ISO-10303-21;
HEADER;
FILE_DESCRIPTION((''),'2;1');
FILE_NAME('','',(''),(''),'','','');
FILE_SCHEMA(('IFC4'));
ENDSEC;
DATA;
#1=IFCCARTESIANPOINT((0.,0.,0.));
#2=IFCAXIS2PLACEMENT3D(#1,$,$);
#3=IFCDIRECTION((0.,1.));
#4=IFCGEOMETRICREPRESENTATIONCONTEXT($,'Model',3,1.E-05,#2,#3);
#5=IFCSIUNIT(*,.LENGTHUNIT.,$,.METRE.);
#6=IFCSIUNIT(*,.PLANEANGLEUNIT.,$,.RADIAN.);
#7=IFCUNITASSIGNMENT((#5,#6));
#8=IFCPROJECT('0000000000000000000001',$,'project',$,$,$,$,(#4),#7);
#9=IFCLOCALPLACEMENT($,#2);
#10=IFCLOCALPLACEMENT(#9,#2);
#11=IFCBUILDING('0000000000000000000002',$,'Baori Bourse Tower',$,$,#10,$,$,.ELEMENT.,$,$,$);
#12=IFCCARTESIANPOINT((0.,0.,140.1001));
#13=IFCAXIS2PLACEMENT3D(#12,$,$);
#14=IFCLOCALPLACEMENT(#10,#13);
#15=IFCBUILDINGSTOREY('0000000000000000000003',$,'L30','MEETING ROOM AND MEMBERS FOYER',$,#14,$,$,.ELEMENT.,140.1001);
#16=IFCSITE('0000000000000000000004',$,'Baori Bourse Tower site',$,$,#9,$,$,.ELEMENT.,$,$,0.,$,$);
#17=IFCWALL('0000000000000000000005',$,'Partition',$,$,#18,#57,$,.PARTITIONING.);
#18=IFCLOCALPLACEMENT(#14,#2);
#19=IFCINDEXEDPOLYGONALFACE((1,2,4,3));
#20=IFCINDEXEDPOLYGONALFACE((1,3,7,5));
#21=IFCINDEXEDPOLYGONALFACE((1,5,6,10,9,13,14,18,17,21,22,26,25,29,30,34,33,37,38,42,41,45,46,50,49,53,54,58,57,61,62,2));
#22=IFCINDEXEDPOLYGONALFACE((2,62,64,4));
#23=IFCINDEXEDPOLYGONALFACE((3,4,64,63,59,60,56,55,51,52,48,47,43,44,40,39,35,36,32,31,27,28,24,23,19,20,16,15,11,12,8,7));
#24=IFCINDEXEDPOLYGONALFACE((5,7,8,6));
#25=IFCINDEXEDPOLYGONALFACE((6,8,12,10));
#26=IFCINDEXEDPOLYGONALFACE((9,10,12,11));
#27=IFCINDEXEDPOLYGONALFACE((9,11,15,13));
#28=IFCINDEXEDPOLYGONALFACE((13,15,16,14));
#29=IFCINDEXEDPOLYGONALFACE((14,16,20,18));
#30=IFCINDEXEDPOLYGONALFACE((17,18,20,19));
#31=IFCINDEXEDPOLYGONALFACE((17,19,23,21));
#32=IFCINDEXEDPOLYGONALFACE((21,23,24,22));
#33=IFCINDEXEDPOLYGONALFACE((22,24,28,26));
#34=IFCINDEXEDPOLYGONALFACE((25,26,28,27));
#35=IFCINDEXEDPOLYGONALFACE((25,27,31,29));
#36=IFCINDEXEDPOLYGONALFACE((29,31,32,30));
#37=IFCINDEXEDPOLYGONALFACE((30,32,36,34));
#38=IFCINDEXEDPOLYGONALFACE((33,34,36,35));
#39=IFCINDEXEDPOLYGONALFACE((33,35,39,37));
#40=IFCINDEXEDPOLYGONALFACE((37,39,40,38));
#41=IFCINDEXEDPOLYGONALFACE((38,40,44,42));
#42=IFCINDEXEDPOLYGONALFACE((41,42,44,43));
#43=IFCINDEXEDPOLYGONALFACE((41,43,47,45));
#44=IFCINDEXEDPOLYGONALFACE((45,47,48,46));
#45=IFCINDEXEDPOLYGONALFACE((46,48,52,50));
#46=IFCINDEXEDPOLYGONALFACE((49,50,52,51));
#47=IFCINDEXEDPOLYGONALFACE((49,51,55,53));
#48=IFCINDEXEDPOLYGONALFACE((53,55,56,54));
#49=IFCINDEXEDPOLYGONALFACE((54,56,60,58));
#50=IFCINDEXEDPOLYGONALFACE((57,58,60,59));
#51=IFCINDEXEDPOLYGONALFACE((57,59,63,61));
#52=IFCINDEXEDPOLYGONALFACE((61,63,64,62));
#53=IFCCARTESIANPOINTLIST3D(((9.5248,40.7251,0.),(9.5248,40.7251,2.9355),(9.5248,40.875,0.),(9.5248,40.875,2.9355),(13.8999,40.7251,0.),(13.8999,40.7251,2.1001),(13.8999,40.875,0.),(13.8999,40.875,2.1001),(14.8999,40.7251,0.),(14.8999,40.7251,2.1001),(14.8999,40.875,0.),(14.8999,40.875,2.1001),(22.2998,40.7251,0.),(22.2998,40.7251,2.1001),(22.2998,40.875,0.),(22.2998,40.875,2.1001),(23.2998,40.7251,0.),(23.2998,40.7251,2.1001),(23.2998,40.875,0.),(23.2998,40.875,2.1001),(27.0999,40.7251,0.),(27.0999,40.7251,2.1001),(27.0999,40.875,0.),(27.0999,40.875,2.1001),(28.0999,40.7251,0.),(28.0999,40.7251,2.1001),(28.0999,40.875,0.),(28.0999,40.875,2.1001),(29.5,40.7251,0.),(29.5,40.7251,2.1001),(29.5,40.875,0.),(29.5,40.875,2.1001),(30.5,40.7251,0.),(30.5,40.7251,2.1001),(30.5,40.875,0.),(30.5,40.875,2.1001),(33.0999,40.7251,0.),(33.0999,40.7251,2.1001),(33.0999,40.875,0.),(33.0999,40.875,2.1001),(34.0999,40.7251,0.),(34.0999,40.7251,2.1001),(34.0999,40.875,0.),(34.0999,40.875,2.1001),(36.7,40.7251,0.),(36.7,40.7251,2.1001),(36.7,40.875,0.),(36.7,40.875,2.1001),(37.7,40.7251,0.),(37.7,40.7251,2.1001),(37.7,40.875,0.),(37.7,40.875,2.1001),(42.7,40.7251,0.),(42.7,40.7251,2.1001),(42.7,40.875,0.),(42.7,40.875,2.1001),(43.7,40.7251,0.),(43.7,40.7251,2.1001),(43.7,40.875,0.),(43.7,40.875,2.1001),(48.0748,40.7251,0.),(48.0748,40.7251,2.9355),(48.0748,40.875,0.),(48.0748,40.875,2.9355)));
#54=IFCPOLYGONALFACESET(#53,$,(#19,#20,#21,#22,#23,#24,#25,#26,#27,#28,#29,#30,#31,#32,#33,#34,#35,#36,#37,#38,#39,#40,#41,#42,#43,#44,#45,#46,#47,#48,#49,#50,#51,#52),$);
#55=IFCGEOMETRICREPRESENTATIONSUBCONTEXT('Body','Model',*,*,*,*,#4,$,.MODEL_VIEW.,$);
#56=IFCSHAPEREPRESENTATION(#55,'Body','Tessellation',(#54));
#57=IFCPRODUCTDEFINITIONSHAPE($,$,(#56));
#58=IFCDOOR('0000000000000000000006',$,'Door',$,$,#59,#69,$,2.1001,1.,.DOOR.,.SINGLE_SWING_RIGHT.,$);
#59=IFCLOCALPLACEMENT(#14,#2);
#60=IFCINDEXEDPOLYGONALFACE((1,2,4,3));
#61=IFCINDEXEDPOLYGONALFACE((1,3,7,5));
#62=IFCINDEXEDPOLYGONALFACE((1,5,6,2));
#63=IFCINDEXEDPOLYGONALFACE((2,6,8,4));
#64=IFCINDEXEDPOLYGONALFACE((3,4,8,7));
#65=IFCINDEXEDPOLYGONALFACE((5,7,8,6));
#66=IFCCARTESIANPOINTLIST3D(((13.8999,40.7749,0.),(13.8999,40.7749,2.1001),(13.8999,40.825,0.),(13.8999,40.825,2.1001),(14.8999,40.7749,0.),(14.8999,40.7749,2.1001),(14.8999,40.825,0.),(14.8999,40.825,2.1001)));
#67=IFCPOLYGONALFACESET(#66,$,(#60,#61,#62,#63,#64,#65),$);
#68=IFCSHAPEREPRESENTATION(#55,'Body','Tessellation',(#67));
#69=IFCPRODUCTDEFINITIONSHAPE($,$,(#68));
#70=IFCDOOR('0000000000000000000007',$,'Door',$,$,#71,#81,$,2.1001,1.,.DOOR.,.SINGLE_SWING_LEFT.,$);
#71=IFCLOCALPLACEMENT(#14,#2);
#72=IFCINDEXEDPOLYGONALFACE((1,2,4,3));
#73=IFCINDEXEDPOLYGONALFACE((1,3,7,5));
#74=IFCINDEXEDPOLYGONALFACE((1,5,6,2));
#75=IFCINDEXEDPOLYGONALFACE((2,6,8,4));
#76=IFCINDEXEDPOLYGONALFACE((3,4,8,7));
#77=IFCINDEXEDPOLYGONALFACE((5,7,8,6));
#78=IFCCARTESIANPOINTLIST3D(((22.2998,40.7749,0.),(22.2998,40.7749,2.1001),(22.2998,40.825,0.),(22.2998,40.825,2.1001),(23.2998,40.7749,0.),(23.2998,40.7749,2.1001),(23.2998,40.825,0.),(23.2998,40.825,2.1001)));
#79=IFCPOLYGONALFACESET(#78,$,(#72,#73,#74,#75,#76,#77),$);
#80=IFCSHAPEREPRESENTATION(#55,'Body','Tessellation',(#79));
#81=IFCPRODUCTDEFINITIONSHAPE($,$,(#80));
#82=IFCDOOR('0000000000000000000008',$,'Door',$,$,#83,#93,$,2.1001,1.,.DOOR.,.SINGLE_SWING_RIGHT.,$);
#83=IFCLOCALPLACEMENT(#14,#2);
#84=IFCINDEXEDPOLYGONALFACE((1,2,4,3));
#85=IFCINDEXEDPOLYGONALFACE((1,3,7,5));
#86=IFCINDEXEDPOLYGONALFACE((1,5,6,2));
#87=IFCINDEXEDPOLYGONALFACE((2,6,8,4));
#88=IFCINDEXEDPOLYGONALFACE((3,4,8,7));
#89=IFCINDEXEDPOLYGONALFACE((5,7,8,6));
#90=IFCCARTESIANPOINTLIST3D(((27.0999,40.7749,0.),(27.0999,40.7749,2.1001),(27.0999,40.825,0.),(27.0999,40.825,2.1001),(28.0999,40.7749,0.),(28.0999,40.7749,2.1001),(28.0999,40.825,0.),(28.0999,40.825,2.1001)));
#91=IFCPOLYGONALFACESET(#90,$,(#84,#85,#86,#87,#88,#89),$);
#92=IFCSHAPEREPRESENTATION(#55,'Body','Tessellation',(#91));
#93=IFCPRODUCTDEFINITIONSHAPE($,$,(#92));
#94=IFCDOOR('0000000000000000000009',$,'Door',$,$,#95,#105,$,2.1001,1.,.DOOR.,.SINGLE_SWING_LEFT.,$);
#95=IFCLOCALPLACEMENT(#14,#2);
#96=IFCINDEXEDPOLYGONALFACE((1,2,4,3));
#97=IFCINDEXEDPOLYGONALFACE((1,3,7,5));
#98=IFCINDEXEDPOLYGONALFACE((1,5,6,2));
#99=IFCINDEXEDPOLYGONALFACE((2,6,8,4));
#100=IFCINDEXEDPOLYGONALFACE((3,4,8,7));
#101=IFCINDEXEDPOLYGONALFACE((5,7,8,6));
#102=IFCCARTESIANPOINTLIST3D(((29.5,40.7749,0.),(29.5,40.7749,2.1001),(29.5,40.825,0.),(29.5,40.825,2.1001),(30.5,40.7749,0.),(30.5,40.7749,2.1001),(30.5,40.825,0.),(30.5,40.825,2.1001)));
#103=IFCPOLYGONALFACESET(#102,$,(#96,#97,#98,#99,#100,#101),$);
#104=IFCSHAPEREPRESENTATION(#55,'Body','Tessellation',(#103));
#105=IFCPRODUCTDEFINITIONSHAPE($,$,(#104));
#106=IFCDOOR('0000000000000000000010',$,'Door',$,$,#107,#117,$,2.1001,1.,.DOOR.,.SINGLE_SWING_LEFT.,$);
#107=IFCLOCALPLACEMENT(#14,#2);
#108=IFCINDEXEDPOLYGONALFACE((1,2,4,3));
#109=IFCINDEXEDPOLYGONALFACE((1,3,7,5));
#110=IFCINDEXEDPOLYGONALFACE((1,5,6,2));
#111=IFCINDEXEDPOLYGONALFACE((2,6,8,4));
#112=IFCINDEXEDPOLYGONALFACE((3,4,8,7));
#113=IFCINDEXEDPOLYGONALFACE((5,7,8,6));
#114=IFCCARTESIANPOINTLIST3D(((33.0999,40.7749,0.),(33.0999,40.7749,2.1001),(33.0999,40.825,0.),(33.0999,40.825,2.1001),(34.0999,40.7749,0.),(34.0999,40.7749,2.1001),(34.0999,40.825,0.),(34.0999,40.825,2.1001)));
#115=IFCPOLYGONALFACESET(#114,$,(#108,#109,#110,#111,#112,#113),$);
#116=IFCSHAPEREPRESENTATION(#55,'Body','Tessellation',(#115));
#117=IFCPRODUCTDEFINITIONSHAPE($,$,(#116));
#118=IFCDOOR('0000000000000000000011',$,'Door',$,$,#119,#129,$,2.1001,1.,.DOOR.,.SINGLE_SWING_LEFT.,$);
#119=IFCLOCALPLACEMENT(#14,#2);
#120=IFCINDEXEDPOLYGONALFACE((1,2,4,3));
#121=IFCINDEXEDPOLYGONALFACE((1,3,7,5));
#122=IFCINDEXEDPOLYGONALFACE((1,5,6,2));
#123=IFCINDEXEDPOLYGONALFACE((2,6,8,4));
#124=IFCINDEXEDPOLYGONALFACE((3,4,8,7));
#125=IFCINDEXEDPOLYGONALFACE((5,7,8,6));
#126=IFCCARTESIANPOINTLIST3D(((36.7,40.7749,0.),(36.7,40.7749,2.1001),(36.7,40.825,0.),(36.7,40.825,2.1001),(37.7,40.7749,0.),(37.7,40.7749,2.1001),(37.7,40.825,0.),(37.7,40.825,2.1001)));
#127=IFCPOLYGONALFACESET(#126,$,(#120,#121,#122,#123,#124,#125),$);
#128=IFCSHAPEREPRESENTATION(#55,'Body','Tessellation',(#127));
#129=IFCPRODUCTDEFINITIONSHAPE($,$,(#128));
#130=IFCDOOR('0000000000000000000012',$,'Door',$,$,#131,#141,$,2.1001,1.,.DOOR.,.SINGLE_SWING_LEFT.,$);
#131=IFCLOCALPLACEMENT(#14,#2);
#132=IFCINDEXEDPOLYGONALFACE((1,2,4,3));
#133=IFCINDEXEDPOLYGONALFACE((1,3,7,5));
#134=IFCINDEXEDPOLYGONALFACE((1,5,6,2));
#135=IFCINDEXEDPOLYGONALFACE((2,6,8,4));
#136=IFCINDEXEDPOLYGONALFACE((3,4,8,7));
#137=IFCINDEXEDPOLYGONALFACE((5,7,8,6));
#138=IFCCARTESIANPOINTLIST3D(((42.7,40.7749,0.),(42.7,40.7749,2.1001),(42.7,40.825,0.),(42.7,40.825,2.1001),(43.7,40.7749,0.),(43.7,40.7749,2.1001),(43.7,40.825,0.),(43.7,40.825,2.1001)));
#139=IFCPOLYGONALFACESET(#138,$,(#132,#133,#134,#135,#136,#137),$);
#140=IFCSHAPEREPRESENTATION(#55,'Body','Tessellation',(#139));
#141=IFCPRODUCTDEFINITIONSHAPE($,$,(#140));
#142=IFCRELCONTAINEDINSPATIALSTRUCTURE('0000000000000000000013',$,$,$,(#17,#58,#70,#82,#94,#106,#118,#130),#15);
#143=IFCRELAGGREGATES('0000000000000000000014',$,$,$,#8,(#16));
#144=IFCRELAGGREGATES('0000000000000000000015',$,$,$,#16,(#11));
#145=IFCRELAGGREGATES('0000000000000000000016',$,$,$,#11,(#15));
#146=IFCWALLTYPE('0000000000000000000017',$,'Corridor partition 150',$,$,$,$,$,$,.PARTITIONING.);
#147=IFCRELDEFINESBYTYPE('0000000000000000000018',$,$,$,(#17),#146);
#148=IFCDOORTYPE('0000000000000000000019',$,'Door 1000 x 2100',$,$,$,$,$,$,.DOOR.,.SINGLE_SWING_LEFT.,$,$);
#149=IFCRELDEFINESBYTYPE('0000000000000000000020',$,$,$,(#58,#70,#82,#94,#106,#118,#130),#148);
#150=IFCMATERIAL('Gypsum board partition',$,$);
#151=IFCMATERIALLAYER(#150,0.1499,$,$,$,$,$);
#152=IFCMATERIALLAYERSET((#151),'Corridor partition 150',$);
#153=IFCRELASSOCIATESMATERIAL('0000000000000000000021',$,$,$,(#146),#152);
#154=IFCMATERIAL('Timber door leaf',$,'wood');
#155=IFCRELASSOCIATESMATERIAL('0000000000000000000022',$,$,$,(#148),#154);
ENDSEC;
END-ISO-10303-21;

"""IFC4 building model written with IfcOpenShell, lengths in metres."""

from ifc_helpers import new_model, si_unit, direction, frame, frame_2d, origin, place, context, subcontext, project, spatial, rectangle, extrude, material, layer, layer_set, type_object, element, fill, save


model = new_model("IFC4")

# Units and contexts
model_context = context("Model", 3, precision=1e-05, world=origin(), true_north=direction((0.0, 1.0)))
body_context = subcontext(model_context, "Body", "Model", "MODEL_VIEW")
ifc_project = project(units=[si_unit("LENGTHUNIT", "METRE"), si_unit("PLANEANGLEUNIT", "RADIAN")], contexts=[model_context])

# Site, building, storey
site_placement = place(None, origin())
site = spatial("IfcSite", under=ifc_project, at=site_placement, Name="Baori Bourse Tower site", CompositionType="ELEMENT", RefElevation=0.0)
building_placement = place(site_placement, origin())
building = spatial("IfcBuilding", under=site, at=building_placement, Name="Baori Bourse Tower", CompositionType="ELEMENT")
storey_placement = place(building_placement, frame((0.0, 0.0, 140.1001)))
storey = spatial("IfcBuildingStorey", under=building, at=storey_placement, Name="L30", Description="MEETING ROOM AND MEMBERS FOYER", CompositionType="ELEMENT", Elevation=140.1001)

# Wall, openings, doors
ifc_material_1 = material(Name="Gypsum board partition")
ifc_layer_1 = layer(ifc_material_1, 0.1499)
ifc_layer_set_1 = layer_set([ifc_layer_1], Name="Corridor partition 150")
wall_type_1 = type_object("IfcWallType", Name="Corridor partition 150", PredefinedType="PARTITIONING", material=ifc_layer_set_1)
wall_1_placement = place(storey_placement, frame((9.5249, 40.8, 0.0), z_axis=(0.0, 0.0, 1.0), x_axis=(1.0, 0.0, 0.0)))
wall_1 = element("IfcWall", 1, at=wall_1_placement, inside=storey, type_object=wall_type_1, Name="Partition", PredefinedType="PARTITIONING", context=body_context, shape_type="SweptSolid", body=[
    extrude(rectangle(XDim=38.55, YDim=0.1499, at=frame_2d((19.2749, 0.0))), origin(), (0.0, 0.0, 1.0), 2.9355),
])
opening_1_placement = place(wall_1_placement, frame((4.375, 0.0, 0.0)))
opening_1 = element("IfcOpeningElement", 2, at=opening_1_placement, cuts=wall_1, PredefinedType="OPENING", context=body_context, shape_type="SweptSolid", body=[
    extrude(rectangle(XDim=1.0, YDim=2.1001, at=frame_2d((0.5, 1.05))), frame((0.0, 0.085, 0.0), z_axis=(0.0, -1.0, 0.0), x_axis=(1.0, 0.0, 0.0)), (0.0, 0.0, 1.0), 0.1699),
])
opening_2_placement = place(wall_1_placement, frame((12.7749, 0.0, 0.0)))
opening_2 = element("IfcOpeningElement", 3, at=opening_2_placement, cuts=wall_1, PredefinedType="OPENING", context=body_context, shape_type="SweptSolid", body=[
    extrude(rectangle(XDim=1.0, YDim=2.1001, at=frame_2d((0.5, 1.05))), frame((0.0, 0.085, 0.0), z_axis=(0.0, -1.0, 0.0), x_axis=(1.0, 0.0, 0.0)), (0.0, 0.0, 1.0), 0.1699),
])
opening_3_placement = place(wall_1_placement, frame((17.575, 0.0, 0.0)))
opening_3 = element("IfcOpeningElement", 4, at=opening_3_placement, cuts=wall_1, PredefinedType="OPENING", context=body_context, shape_type="SweptSolid", body=[
    extrude(rectangle(XDim=1.0, YDim=2.1001, at=frame_2d((0.5, 1.05))), frame((0.0, 0.085, 0.0), z_axis=(0.0, -1.0, 0.0), x_axis=(1.0, 0.0, 0.0)), (0.0, 0.0, 1.0), 0.1699),
])
opening_4_placement = place(wall_1_placement, frame((19.9751, 0.0, 0.0)))
opening_4 = element("IfcOpeningElement", 5, at=opening_4_placement, cuts=wall_1, PredefinedType="OPENING", context=body_context, shape_type="SweptSolid", body=[
    extrude(rectangle(XDim=1.0, YDim=2.1001, at=frame_2d((0.5, 1.05))), frame((0.0, 0.085, 0.0), z_axis=(0.0, -1.0, 0.0), x_axis=(1.0, 0.0, 0.0)), (0.0, 0.0, 1.0), 0.1699),
])
opening_5_placement = place(wall_1_placement, frame((23.575, 0.0, 0.0)))
opening_5 = element("IfcOpeningElement", 6, at=opening_5_placement, cuts=wall_1, PredefinedType="OPENING", context=body_context, shape_type="SweptSolid", body=[
    extrude(rectangle(XDim=1.0, YDim=2.1001, at=frame_2d((0.5, 1.05))), frame((0.0, 0.085, 0.0), z_axis=(0.0, -1.0, 0.0), x_axis=(1.0, 0.0, 0.0)), (0.0, 0.0, 1.0), 0.1699),
])
opening_6_placement = place(wall_1_placement, frame((27.175, 0.0, 0.0)))
opening_6 = element("IfcOpeningElement", 7, at=opening_6_placement, cuts=wall_1, PredefinedType="OPENING", context=body_context, shape_type="SweptSolid", body=[
    extrude(rectangle(XDim=1.0, YDim=2.1001, at=frame_2d((0.5, 1.05))), frame((0.0, 0.085, 0.0), z_axis=(0.0, -1.0, 0.0), x_axis=(1.0, 0.0, 0.0)), (0.0, 0.0, 1.0), 0.1699),
])
opening_7_placement = place(wall_1_placement, frame((33.175, 0.0, 0.0)))
opening_7 = element("IfcOpeningElement", 8, at=opening_7_placement, cuts=wall_1, PredefinedType="OPENING", context=body_context, shape_type="SweptSolid", body=[
    extrude(rectangle(XDim=1.0, YDim=2.1001, at=frame_2d((0.5, 1.05))), frame((0.0, 0.085, 0.0), z_axis=(0.0, -1.0, 0.0), x_axis=(1.0, 0.0, 0.0)), (0.0, 0.0, 1.0), 0.1699),
])
ifc_material_2 = material(Name="Timber door leaf", Category="wood")
door_type_1 = type_object("IfcDoorType", Name="Door 1000 x 2100", OperationType="SINGLE_SWING_LEFT", PredefinedType="DOOR", material=ifc_material_2)
door_1_placement = place(opening_1_placement, origin())
door_1 = element("IfcDoor", 9, at=door_1_placement, inside=storey, type_object=door_type_1, Name="Door", OperationType="SINGLE_SWING_RIGHT", OverallHeight=2.1001, OverallWidth=1.0, PredefinedType="DOOR", context=body_context, shape_type="SweptSolid", body=[
    extrude(rectangle(XDim=1.0, YDim=2.1001, at=frame_2d((0.5, 1.05))), frame((0.0, 0.0249, 0.0), z_axis=(0.0, -1.0, 0.0), x_axis=(1.0, 0.0, 0.0)), (0.0, 0.0, 1.0), 0.05),
])
fill(opening_1, door_1)
door_2_placement = place(opening_2_placement, origin())
door_2 = element("IfcDoor", 10, at=door_2_placement, inside=storey, type_object=door_type_1, Name="Door", OperationType="SINGLE_SWING_LEFT", OverallHeight=2.1001, OverallWidth=1.0, PredefinedType="DOOR", context=body_context, shape_type="SweptSolid", body=[
    extrude(rectangle(XDim=1.0, YDim=2.1001, at=frame_2d((0.5, 1.05))), frame((0.0, 0.0249, 0.0), z_axis=(0.0, -1.0, 0.0), x_axis=(1.0, 0.0, 0.0)), (0.0, 0.0, 1.0), 0.05),
])
fill(opening_2, door_2)
door_3_placement = place(opening_3_placement, origin())
door_3 = element("IfcDoor", 11, at=door_3_placement, inside=storey, type_object=door_type_1, Name="Door", OperationType="SINGLE_SWING_RIGHT", OverallHeight=2.1001, OverallWidth=1.0, PredefinedType="DOOR", context=body_context, shape_type="SweptSolid", body=[
    extrude(rectangle(XDim=1.0, YDim=2.1001, at=frame_2d((0.5, 1.05))), frame((0.0, 0.0249, 0.0), z_axis=(0.0, -1.0, 0.0), x_axis=(1.0, 0.0, 0.0)), (0.0, 0.0, 1.0), 0.05),
])
fill(opening_3, door_3)
door_4_placement = place(opening_4_placement, origin())
door_4 = element("IfcDoor", 12, at=door_4_placement, inside=storey, type_object=door_type_1, Name="Door", OperationType="SINGLE_SWING_LEFT", OverallHeight=2.1001, OverallWidth=1.0, PredefinedType="DOOR", context=body_context, shape_type="SweptSolid", body=[
    extrude(rectangle(XDim=1.0, YDim=2.1001, at=frame_2d((0.5, 1.05))), frame((0.0, 0.0249, 0.0), z_axis=(0.0, -1.0, 0.0), x_axis=(1.0, 0.0, 0.0)), (0.0, 0.0, 1.0), 0.05),
])
fill(opening_4, door_4)
door_5_placement = place(opening_5_placement, origin())
door_5 = element("IfcDoor", 13, at=door_5_placement, inside=storey, type_object=door_type_1, Name="Door", OperationType="SINGLE_SWING_LEFT", OverallHeight=2.1001, OverallWidth=1.0, PredefinedType="DOOR", context=body_context, shape_type="SweptSolid", body=[
    extrude(rectangle(XDim=1.0, YDim=2.1001, at=frame_2d((0.5, 1.05))), frame((0.0, 0.0249, 0.0), z_axis=(0.0, -1.0, 0.0), x_axis=(1.0, 0.0, 0.0)), (0.0, 0.0, 1.0), 0.05),
])
fill(opening_5, door_5)
door_6_placement = place(opening_6_placement, origin())
door_6 = element("IfcDoor", 14, at=door_6_placement, inside=storey, type_object=door_type_1, Name="Door", OperationType="SINGLE_SWING_LEFT", OverallHeight=2.1001, OverallWidth=1.0, PredefinedType="DOOR", context=body_context, shape_type="SweptSolid", body=[
    extrude(rectangle(XDim=1.0, YDim=2.1001, at=frame_2d((0.5, 1.05))), frame((0.0, 0.0249, 0.0), z_axis=(0.0, -1.0, 0.0), x_axis=(1.0, 0.0, 0.0)), (0.0, 0.0, 1.0), 0.05),
])
fill(opening_6, door_6)
door_7_placement = place(opening_7_placement, origin())
door_7 = element("IfcDoor", 15, at=door_7_placement, inside=storey, type_object=door_type_1, Name="Door", OperationType="SINGLE_SWING_LEFT", OverallHeight=2.1001, OverallWidth=1.0, PredefinedType="DOOR", context=body_context, shape_type="SweptSolid", body=[
    extrude(rectangle(XDim=1.0, YDim=2.1001, at=frame_2d((0.5, 1.05))), frame((0.0, 0.0249, 0.0), z_axis=(0.0, -1.0, 0.0), x_axis=(1.0, 0.0, 0.0)), (0.0, 0.0, 1.0), 0.05),
])
fill(opening_7, door_7)

save(model, "model.ifc")
